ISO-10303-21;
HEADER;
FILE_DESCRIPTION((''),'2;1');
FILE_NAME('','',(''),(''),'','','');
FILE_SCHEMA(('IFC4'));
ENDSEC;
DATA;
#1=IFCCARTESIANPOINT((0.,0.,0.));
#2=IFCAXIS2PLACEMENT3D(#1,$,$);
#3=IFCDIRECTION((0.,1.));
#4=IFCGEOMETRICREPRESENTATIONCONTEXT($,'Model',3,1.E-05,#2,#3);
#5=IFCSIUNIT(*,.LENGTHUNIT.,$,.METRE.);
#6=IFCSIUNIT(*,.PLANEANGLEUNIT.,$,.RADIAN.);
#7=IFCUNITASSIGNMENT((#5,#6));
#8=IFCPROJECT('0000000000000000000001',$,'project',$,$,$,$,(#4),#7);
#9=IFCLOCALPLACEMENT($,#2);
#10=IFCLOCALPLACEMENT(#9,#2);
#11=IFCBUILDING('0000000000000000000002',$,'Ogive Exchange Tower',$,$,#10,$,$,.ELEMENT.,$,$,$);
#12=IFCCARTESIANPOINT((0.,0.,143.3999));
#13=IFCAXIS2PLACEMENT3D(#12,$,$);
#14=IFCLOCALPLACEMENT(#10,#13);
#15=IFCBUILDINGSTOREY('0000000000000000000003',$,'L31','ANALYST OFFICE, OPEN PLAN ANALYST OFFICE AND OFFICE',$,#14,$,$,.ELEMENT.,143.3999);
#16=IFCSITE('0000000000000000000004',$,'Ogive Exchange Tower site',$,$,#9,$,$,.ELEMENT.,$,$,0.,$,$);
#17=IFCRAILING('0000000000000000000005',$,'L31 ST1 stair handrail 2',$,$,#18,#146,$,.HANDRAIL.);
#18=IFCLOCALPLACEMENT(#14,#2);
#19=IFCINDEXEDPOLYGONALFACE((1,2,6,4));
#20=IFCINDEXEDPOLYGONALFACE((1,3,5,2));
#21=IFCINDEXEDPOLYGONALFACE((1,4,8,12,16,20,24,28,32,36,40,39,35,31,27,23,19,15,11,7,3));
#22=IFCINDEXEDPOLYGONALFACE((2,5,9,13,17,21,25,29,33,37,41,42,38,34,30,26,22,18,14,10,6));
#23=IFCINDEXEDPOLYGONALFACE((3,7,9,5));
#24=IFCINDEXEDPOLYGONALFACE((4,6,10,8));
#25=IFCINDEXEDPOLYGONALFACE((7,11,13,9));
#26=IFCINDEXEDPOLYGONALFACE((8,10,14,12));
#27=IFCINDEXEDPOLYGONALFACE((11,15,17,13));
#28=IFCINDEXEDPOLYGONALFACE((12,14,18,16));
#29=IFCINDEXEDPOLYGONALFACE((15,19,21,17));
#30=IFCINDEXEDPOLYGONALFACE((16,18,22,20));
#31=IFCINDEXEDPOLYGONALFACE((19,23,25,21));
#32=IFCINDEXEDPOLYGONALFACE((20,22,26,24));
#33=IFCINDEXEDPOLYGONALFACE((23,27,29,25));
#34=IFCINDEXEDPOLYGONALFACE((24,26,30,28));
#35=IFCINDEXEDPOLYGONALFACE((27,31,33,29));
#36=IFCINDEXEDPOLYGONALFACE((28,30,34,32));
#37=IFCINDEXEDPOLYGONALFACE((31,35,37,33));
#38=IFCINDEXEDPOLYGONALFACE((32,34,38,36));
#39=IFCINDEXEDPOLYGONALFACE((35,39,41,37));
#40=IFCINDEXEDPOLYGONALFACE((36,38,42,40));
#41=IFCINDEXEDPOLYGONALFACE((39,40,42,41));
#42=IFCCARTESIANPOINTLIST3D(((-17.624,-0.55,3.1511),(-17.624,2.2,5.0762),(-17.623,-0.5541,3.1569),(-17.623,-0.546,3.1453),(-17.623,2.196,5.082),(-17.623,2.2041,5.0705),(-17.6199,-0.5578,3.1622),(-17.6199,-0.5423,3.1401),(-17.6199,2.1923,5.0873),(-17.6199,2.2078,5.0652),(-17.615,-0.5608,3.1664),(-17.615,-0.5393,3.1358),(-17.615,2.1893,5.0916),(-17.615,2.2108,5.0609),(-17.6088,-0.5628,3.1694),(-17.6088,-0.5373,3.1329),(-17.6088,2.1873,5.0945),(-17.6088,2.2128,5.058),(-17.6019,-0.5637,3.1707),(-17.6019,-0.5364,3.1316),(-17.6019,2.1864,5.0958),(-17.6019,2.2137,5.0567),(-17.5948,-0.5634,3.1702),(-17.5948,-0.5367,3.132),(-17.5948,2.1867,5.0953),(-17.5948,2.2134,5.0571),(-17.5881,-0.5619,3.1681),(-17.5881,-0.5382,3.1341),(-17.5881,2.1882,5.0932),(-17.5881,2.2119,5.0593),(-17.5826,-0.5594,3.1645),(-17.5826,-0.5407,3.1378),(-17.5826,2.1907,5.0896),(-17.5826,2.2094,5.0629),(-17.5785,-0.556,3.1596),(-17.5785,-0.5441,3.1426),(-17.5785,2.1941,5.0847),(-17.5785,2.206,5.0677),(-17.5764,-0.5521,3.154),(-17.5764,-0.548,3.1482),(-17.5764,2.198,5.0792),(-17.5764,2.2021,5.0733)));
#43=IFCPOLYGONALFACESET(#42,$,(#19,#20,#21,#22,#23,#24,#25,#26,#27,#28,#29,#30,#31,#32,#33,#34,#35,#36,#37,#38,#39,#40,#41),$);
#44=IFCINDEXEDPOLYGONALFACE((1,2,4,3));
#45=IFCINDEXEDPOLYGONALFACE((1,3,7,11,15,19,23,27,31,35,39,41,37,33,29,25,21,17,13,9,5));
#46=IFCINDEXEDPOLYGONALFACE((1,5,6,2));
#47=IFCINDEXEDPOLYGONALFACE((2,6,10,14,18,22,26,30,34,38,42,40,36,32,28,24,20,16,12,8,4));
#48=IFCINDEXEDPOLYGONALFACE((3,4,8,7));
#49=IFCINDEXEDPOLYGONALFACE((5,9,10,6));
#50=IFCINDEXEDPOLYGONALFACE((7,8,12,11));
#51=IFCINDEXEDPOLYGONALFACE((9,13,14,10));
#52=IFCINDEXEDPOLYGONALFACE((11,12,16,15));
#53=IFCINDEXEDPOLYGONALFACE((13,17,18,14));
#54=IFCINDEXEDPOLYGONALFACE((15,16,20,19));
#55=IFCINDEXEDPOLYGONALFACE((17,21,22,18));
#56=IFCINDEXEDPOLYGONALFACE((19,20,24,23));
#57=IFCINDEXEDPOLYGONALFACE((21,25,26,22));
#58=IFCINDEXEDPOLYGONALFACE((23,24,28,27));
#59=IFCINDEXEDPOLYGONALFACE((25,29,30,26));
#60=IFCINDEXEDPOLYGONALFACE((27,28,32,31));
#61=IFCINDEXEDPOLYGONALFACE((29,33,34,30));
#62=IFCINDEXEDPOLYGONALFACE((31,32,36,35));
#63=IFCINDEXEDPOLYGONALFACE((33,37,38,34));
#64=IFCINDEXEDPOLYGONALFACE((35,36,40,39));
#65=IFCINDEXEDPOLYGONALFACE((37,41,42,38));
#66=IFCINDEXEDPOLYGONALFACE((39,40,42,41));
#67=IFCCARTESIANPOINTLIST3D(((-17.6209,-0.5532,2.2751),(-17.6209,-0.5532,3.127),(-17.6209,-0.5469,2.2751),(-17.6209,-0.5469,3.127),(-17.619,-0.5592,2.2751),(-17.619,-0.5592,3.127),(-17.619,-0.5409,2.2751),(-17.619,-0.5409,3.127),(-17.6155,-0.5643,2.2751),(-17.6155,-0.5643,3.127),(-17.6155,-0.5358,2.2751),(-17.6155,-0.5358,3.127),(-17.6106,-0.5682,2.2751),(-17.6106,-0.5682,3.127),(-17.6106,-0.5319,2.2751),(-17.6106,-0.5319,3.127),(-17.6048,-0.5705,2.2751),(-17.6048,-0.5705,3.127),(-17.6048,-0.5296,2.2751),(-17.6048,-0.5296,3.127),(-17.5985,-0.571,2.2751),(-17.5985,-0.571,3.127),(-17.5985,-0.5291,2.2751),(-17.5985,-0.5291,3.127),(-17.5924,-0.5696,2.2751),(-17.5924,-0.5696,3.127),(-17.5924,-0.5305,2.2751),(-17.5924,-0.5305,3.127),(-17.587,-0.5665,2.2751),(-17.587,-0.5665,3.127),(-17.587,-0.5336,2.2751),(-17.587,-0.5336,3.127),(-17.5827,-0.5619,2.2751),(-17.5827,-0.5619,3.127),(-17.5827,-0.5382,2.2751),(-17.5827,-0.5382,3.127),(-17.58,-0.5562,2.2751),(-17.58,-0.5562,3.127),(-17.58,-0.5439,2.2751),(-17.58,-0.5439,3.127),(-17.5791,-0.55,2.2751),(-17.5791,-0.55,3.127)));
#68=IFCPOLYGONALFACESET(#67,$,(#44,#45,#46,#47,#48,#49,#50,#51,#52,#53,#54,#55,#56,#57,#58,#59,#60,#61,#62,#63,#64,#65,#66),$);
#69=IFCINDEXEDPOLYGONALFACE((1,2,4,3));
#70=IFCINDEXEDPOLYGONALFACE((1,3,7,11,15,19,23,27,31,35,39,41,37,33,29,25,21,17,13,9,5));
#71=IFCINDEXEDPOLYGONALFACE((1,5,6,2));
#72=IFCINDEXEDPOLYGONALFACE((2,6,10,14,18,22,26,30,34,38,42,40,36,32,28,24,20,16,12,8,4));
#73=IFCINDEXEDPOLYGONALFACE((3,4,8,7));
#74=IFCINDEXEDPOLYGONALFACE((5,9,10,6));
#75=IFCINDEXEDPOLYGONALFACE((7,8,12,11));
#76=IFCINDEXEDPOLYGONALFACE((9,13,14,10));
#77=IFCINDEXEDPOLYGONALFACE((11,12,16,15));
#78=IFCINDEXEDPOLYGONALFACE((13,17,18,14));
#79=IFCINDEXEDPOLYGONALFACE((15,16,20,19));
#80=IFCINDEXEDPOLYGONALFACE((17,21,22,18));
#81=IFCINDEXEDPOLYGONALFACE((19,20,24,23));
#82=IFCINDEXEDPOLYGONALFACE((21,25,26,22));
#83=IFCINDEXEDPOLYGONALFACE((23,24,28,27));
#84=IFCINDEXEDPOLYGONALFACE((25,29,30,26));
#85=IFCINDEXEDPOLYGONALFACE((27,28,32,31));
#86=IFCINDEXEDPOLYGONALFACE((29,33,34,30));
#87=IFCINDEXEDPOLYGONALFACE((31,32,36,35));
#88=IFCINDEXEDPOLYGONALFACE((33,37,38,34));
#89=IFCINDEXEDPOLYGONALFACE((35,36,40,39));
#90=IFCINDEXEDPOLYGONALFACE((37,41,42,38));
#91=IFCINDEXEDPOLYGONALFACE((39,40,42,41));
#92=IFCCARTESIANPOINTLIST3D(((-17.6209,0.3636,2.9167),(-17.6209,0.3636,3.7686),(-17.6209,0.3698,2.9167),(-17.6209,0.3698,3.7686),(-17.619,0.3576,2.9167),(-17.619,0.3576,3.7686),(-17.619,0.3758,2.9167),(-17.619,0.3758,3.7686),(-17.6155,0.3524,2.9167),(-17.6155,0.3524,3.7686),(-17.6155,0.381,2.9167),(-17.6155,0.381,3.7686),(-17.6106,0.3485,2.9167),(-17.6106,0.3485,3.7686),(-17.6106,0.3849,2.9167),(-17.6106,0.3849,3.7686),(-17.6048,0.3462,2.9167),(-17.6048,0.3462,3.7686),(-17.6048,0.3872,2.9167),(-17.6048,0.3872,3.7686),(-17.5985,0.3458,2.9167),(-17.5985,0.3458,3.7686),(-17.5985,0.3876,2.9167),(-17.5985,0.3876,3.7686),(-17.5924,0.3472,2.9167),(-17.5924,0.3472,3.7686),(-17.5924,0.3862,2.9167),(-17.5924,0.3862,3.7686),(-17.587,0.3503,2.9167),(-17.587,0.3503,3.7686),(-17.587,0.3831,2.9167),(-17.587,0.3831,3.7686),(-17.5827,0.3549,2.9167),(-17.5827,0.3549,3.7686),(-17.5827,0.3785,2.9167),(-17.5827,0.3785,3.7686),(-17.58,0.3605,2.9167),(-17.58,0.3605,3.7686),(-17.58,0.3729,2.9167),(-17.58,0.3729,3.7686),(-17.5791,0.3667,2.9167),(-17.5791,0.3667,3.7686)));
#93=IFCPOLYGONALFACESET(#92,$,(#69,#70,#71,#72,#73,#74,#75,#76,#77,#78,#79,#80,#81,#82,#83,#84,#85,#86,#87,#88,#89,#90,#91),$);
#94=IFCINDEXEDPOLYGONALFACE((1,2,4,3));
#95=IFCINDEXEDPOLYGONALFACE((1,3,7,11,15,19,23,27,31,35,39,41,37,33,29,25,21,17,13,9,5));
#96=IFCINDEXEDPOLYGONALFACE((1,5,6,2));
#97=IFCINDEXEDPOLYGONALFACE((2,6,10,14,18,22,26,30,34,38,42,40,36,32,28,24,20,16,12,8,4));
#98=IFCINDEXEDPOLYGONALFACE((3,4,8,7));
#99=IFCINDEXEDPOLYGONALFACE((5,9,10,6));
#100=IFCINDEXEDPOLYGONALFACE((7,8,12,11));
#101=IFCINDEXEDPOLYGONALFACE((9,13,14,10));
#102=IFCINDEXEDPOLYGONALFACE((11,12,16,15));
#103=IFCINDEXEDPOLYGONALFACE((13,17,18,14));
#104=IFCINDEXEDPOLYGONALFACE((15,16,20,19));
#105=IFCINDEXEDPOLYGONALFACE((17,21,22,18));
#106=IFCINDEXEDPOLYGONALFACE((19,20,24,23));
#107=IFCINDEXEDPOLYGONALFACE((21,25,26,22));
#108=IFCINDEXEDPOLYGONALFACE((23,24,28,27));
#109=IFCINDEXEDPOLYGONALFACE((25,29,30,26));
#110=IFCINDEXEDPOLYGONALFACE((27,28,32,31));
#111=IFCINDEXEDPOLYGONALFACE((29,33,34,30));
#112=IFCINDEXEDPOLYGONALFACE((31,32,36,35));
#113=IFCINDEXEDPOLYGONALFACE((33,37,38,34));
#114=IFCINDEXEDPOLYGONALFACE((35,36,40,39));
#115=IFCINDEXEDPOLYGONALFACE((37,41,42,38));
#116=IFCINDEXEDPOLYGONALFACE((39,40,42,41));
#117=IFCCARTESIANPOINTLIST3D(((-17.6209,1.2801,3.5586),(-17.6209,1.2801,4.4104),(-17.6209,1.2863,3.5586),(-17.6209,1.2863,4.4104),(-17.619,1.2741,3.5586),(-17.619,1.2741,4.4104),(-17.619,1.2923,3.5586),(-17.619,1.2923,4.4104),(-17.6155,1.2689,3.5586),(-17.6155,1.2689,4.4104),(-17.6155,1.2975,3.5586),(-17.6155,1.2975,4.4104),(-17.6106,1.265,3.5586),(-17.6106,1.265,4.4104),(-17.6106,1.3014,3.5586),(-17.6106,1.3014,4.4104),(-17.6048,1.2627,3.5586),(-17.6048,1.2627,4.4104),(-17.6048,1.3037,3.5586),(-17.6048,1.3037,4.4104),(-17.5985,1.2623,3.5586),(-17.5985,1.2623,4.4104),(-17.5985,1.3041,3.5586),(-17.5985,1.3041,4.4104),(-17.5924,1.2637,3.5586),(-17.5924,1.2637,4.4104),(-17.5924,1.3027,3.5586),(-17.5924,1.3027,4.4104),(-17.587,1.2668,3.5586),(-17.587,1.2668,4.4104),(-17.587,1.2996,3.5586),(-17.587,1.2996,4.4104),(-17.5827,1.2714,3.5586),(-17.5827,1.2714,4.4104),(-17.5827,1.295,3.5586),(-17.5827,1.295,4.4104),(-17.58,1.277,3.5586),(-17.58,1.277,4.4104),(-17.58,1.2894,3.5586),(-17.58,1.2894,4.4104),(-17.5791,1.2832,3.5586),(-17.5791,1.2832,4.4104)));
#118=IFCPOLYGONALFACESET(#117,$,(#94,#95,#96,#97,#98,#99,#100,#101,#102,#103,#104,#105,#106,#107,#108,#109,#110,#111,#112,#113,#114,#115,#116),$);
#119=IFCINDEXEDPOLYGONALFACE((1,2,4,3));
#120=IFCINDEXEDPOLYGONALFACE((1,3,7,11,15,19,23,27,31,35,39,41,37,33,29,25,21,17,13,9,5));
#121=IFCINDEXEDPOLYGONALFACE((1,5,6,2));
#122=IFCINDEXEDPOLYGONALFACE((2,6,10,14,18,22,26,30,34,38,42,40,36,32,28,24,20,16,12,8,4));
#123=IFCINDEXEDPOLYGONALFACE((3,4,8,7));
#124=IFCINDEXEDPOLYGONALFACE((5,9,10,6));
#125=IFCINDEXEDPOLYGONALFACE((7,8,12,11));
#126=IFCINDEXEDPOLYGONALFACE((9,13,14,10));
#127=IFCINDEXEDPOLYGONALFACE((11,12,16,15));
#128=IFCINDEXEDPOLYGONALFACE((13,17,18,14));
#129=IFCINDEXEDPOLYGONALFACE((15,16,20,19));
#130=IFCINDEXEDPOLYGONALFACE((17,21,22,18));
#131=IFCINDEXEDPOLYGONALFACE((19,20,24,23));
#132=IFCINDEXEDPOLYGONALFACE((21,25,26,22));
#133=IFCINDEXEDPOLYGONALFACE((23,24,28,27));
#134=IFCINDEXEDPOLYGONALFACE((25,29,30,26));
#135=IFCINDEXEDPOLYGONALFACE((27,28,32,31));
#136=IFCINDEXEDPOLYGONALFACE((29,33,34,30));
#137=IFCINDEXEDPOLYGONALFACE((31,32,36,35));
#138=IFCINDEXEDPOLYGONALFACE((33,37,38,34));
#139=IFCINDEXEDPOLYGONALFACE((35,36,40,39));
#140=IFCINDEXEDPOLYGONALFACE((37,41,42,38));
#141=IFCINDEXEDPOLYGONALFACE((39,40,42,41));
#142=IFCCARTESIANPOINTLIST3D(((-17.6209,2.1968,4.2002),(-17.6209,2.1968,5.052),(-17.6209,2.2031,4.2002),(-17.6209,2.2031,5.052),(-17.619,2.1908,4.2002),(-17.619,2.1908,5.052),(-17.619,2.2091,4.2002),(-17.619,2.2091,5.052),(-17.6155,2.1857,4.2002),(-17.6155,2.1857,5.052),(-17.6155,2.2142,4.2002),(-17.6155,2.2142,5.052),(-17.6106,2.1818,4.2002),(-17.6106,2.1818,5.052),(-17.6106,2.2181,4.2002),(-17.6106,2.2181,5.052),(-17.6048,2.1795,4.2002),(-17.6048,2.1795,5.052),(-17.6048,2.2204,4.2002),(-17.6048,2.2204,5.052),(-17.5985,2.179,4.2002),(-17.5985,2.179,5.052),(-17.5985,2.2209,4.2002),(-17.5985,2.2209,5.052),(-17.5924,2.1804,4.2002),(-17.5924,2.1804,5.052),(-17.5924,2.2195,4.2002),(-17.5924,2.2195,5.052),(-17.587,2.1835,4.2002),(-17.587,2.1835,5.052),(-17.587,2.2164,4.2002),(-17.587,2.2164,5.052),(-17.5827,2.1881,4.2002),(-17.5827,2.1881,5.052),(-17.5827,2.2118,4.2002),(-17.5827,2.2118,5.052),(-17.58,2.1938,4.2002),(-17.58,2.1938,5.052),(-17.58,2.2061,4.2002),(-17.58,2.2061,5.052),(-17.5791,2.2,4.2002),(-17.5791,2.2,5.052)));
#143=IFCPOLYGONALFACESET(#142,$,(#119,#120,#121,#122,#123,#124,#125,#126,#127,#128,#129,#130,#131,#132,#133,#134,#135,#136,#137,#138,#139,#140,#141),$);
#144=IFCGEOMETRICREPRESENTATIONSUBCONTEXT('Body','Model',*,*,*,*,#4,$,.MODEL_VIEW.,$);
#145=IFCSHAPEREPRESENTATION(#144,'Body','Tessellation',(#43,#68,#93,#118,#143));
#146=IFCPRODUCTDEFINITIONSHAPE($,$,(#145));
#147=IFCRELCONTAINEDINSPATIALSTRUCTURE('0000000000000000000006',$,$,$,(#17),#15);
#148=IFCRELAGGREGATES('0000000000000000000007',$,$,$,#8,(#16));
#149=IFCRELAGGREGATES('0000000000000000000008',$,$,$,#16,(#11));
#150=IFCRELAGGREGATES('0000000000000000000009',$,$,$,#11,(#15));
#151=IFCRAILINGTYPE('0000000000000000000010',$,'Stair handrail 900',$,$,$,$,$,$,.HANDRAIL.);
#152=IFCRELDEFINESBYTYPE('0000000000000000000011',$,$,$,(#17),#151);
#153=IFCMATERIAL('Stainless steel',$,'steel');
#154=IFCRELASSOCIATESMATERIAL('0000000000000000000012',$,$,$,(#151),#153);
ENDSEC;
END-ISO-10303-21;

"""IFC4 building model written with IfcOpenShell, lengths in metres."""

from ifc_helpers import new_model, si_unit, direction, frame, origin, origin_2d, place, context, subcontext, project, spatial, circle, extrude, material, type_object, element, save


model = new_model("IFC4")

# Units and contexts
model_context = context("Model", 3, precision=1e-05, world=origin(), true_north=direction((0.0, 1.0)))
body_context = subcontext(model_context, "Body", "Model", "MODEL_VIEW")
ifc_project = project(units=[si_unit("LENGTHUNIT", "METRE"), si_unit("PLANEANGLEUNIT", "RADIAN")], contexts=[model_context])

# Site, building, storey
site_placement = place(None, origin())
site = spatial("IfcSite", under=ifc_project, at=site_placement, Name="Ogive Exchange Tower site", CompositionType="ELEMENT", RefElevation=0.0)
building_placement = place(site_placement, origin())
building = spatial("IfcBuilding", under=site, at=building_placement, Name="Ogive Exchange Tower", CompositionType="ELEMENT")
storey_placement = place(building_placement, frame((0.0, 0.0, 143.3999)))
storey = spatial("IfcBuildingStorey", under=building, at=storey_placement, Name="L31", Description="ANALYST OFFICE, OPEN PLAN ANALYST OFFICE AND OFFICE", CompositionType="ELEMENT", Elevation=143.3999)

# Shared definitions
ifc_material_1 = material(Name="Stainless steel", Category="steel")

# Railing
railing_type = type_object("IfcRailingType", Name="Stair handrail 900", PredefinedType="HANDRAIL", material=ifc_material_1)
railing_placement = place(storey_placement, frame((-17.6001, -0.55, 2.2751)))
element("IfcRailing", 1, at=railing_placement, inside=storey, type_object=railing_type, Name="L31 ST1 stair handrail 2", PredefinedType="HANDRAIL", context=body_context, shape_type="SweptSolid", body=[
    extrude(circle(Radius=0.0239, at=origin_2d()), frame((0.0, 0.0, 0.876), z_axis=(0.0, 0.819225, 0.573472), x_axis=(-1.0, 0.0, 0.0)), (0.0, 0.0, 1.0), 3.3569),
    extrude(circle(Radius=0.021, at=origin_2d()), origin(), (0.0, 0.0, 1.0), 0.8518),
    extrude(circle(Radius=0.021, at=origin_2d()), frame((0.0, 0.9167, 0.6416)), (0.0, 0.0, 1.0), 0.8518),
    extrude(circle(Radius=0.021, at=origin_2d()), frame((0.0, 1.8333, 1.2834)), (0.0, 0.0, 1.0), 0.8518),
    extrude(circle(Radius=0.021, at=origin_2d()), frame((0.0, 2.75, 1.925)), (0.0, 0.0, 1.0), 0.8518),
])

save(model, "model.ifc")
